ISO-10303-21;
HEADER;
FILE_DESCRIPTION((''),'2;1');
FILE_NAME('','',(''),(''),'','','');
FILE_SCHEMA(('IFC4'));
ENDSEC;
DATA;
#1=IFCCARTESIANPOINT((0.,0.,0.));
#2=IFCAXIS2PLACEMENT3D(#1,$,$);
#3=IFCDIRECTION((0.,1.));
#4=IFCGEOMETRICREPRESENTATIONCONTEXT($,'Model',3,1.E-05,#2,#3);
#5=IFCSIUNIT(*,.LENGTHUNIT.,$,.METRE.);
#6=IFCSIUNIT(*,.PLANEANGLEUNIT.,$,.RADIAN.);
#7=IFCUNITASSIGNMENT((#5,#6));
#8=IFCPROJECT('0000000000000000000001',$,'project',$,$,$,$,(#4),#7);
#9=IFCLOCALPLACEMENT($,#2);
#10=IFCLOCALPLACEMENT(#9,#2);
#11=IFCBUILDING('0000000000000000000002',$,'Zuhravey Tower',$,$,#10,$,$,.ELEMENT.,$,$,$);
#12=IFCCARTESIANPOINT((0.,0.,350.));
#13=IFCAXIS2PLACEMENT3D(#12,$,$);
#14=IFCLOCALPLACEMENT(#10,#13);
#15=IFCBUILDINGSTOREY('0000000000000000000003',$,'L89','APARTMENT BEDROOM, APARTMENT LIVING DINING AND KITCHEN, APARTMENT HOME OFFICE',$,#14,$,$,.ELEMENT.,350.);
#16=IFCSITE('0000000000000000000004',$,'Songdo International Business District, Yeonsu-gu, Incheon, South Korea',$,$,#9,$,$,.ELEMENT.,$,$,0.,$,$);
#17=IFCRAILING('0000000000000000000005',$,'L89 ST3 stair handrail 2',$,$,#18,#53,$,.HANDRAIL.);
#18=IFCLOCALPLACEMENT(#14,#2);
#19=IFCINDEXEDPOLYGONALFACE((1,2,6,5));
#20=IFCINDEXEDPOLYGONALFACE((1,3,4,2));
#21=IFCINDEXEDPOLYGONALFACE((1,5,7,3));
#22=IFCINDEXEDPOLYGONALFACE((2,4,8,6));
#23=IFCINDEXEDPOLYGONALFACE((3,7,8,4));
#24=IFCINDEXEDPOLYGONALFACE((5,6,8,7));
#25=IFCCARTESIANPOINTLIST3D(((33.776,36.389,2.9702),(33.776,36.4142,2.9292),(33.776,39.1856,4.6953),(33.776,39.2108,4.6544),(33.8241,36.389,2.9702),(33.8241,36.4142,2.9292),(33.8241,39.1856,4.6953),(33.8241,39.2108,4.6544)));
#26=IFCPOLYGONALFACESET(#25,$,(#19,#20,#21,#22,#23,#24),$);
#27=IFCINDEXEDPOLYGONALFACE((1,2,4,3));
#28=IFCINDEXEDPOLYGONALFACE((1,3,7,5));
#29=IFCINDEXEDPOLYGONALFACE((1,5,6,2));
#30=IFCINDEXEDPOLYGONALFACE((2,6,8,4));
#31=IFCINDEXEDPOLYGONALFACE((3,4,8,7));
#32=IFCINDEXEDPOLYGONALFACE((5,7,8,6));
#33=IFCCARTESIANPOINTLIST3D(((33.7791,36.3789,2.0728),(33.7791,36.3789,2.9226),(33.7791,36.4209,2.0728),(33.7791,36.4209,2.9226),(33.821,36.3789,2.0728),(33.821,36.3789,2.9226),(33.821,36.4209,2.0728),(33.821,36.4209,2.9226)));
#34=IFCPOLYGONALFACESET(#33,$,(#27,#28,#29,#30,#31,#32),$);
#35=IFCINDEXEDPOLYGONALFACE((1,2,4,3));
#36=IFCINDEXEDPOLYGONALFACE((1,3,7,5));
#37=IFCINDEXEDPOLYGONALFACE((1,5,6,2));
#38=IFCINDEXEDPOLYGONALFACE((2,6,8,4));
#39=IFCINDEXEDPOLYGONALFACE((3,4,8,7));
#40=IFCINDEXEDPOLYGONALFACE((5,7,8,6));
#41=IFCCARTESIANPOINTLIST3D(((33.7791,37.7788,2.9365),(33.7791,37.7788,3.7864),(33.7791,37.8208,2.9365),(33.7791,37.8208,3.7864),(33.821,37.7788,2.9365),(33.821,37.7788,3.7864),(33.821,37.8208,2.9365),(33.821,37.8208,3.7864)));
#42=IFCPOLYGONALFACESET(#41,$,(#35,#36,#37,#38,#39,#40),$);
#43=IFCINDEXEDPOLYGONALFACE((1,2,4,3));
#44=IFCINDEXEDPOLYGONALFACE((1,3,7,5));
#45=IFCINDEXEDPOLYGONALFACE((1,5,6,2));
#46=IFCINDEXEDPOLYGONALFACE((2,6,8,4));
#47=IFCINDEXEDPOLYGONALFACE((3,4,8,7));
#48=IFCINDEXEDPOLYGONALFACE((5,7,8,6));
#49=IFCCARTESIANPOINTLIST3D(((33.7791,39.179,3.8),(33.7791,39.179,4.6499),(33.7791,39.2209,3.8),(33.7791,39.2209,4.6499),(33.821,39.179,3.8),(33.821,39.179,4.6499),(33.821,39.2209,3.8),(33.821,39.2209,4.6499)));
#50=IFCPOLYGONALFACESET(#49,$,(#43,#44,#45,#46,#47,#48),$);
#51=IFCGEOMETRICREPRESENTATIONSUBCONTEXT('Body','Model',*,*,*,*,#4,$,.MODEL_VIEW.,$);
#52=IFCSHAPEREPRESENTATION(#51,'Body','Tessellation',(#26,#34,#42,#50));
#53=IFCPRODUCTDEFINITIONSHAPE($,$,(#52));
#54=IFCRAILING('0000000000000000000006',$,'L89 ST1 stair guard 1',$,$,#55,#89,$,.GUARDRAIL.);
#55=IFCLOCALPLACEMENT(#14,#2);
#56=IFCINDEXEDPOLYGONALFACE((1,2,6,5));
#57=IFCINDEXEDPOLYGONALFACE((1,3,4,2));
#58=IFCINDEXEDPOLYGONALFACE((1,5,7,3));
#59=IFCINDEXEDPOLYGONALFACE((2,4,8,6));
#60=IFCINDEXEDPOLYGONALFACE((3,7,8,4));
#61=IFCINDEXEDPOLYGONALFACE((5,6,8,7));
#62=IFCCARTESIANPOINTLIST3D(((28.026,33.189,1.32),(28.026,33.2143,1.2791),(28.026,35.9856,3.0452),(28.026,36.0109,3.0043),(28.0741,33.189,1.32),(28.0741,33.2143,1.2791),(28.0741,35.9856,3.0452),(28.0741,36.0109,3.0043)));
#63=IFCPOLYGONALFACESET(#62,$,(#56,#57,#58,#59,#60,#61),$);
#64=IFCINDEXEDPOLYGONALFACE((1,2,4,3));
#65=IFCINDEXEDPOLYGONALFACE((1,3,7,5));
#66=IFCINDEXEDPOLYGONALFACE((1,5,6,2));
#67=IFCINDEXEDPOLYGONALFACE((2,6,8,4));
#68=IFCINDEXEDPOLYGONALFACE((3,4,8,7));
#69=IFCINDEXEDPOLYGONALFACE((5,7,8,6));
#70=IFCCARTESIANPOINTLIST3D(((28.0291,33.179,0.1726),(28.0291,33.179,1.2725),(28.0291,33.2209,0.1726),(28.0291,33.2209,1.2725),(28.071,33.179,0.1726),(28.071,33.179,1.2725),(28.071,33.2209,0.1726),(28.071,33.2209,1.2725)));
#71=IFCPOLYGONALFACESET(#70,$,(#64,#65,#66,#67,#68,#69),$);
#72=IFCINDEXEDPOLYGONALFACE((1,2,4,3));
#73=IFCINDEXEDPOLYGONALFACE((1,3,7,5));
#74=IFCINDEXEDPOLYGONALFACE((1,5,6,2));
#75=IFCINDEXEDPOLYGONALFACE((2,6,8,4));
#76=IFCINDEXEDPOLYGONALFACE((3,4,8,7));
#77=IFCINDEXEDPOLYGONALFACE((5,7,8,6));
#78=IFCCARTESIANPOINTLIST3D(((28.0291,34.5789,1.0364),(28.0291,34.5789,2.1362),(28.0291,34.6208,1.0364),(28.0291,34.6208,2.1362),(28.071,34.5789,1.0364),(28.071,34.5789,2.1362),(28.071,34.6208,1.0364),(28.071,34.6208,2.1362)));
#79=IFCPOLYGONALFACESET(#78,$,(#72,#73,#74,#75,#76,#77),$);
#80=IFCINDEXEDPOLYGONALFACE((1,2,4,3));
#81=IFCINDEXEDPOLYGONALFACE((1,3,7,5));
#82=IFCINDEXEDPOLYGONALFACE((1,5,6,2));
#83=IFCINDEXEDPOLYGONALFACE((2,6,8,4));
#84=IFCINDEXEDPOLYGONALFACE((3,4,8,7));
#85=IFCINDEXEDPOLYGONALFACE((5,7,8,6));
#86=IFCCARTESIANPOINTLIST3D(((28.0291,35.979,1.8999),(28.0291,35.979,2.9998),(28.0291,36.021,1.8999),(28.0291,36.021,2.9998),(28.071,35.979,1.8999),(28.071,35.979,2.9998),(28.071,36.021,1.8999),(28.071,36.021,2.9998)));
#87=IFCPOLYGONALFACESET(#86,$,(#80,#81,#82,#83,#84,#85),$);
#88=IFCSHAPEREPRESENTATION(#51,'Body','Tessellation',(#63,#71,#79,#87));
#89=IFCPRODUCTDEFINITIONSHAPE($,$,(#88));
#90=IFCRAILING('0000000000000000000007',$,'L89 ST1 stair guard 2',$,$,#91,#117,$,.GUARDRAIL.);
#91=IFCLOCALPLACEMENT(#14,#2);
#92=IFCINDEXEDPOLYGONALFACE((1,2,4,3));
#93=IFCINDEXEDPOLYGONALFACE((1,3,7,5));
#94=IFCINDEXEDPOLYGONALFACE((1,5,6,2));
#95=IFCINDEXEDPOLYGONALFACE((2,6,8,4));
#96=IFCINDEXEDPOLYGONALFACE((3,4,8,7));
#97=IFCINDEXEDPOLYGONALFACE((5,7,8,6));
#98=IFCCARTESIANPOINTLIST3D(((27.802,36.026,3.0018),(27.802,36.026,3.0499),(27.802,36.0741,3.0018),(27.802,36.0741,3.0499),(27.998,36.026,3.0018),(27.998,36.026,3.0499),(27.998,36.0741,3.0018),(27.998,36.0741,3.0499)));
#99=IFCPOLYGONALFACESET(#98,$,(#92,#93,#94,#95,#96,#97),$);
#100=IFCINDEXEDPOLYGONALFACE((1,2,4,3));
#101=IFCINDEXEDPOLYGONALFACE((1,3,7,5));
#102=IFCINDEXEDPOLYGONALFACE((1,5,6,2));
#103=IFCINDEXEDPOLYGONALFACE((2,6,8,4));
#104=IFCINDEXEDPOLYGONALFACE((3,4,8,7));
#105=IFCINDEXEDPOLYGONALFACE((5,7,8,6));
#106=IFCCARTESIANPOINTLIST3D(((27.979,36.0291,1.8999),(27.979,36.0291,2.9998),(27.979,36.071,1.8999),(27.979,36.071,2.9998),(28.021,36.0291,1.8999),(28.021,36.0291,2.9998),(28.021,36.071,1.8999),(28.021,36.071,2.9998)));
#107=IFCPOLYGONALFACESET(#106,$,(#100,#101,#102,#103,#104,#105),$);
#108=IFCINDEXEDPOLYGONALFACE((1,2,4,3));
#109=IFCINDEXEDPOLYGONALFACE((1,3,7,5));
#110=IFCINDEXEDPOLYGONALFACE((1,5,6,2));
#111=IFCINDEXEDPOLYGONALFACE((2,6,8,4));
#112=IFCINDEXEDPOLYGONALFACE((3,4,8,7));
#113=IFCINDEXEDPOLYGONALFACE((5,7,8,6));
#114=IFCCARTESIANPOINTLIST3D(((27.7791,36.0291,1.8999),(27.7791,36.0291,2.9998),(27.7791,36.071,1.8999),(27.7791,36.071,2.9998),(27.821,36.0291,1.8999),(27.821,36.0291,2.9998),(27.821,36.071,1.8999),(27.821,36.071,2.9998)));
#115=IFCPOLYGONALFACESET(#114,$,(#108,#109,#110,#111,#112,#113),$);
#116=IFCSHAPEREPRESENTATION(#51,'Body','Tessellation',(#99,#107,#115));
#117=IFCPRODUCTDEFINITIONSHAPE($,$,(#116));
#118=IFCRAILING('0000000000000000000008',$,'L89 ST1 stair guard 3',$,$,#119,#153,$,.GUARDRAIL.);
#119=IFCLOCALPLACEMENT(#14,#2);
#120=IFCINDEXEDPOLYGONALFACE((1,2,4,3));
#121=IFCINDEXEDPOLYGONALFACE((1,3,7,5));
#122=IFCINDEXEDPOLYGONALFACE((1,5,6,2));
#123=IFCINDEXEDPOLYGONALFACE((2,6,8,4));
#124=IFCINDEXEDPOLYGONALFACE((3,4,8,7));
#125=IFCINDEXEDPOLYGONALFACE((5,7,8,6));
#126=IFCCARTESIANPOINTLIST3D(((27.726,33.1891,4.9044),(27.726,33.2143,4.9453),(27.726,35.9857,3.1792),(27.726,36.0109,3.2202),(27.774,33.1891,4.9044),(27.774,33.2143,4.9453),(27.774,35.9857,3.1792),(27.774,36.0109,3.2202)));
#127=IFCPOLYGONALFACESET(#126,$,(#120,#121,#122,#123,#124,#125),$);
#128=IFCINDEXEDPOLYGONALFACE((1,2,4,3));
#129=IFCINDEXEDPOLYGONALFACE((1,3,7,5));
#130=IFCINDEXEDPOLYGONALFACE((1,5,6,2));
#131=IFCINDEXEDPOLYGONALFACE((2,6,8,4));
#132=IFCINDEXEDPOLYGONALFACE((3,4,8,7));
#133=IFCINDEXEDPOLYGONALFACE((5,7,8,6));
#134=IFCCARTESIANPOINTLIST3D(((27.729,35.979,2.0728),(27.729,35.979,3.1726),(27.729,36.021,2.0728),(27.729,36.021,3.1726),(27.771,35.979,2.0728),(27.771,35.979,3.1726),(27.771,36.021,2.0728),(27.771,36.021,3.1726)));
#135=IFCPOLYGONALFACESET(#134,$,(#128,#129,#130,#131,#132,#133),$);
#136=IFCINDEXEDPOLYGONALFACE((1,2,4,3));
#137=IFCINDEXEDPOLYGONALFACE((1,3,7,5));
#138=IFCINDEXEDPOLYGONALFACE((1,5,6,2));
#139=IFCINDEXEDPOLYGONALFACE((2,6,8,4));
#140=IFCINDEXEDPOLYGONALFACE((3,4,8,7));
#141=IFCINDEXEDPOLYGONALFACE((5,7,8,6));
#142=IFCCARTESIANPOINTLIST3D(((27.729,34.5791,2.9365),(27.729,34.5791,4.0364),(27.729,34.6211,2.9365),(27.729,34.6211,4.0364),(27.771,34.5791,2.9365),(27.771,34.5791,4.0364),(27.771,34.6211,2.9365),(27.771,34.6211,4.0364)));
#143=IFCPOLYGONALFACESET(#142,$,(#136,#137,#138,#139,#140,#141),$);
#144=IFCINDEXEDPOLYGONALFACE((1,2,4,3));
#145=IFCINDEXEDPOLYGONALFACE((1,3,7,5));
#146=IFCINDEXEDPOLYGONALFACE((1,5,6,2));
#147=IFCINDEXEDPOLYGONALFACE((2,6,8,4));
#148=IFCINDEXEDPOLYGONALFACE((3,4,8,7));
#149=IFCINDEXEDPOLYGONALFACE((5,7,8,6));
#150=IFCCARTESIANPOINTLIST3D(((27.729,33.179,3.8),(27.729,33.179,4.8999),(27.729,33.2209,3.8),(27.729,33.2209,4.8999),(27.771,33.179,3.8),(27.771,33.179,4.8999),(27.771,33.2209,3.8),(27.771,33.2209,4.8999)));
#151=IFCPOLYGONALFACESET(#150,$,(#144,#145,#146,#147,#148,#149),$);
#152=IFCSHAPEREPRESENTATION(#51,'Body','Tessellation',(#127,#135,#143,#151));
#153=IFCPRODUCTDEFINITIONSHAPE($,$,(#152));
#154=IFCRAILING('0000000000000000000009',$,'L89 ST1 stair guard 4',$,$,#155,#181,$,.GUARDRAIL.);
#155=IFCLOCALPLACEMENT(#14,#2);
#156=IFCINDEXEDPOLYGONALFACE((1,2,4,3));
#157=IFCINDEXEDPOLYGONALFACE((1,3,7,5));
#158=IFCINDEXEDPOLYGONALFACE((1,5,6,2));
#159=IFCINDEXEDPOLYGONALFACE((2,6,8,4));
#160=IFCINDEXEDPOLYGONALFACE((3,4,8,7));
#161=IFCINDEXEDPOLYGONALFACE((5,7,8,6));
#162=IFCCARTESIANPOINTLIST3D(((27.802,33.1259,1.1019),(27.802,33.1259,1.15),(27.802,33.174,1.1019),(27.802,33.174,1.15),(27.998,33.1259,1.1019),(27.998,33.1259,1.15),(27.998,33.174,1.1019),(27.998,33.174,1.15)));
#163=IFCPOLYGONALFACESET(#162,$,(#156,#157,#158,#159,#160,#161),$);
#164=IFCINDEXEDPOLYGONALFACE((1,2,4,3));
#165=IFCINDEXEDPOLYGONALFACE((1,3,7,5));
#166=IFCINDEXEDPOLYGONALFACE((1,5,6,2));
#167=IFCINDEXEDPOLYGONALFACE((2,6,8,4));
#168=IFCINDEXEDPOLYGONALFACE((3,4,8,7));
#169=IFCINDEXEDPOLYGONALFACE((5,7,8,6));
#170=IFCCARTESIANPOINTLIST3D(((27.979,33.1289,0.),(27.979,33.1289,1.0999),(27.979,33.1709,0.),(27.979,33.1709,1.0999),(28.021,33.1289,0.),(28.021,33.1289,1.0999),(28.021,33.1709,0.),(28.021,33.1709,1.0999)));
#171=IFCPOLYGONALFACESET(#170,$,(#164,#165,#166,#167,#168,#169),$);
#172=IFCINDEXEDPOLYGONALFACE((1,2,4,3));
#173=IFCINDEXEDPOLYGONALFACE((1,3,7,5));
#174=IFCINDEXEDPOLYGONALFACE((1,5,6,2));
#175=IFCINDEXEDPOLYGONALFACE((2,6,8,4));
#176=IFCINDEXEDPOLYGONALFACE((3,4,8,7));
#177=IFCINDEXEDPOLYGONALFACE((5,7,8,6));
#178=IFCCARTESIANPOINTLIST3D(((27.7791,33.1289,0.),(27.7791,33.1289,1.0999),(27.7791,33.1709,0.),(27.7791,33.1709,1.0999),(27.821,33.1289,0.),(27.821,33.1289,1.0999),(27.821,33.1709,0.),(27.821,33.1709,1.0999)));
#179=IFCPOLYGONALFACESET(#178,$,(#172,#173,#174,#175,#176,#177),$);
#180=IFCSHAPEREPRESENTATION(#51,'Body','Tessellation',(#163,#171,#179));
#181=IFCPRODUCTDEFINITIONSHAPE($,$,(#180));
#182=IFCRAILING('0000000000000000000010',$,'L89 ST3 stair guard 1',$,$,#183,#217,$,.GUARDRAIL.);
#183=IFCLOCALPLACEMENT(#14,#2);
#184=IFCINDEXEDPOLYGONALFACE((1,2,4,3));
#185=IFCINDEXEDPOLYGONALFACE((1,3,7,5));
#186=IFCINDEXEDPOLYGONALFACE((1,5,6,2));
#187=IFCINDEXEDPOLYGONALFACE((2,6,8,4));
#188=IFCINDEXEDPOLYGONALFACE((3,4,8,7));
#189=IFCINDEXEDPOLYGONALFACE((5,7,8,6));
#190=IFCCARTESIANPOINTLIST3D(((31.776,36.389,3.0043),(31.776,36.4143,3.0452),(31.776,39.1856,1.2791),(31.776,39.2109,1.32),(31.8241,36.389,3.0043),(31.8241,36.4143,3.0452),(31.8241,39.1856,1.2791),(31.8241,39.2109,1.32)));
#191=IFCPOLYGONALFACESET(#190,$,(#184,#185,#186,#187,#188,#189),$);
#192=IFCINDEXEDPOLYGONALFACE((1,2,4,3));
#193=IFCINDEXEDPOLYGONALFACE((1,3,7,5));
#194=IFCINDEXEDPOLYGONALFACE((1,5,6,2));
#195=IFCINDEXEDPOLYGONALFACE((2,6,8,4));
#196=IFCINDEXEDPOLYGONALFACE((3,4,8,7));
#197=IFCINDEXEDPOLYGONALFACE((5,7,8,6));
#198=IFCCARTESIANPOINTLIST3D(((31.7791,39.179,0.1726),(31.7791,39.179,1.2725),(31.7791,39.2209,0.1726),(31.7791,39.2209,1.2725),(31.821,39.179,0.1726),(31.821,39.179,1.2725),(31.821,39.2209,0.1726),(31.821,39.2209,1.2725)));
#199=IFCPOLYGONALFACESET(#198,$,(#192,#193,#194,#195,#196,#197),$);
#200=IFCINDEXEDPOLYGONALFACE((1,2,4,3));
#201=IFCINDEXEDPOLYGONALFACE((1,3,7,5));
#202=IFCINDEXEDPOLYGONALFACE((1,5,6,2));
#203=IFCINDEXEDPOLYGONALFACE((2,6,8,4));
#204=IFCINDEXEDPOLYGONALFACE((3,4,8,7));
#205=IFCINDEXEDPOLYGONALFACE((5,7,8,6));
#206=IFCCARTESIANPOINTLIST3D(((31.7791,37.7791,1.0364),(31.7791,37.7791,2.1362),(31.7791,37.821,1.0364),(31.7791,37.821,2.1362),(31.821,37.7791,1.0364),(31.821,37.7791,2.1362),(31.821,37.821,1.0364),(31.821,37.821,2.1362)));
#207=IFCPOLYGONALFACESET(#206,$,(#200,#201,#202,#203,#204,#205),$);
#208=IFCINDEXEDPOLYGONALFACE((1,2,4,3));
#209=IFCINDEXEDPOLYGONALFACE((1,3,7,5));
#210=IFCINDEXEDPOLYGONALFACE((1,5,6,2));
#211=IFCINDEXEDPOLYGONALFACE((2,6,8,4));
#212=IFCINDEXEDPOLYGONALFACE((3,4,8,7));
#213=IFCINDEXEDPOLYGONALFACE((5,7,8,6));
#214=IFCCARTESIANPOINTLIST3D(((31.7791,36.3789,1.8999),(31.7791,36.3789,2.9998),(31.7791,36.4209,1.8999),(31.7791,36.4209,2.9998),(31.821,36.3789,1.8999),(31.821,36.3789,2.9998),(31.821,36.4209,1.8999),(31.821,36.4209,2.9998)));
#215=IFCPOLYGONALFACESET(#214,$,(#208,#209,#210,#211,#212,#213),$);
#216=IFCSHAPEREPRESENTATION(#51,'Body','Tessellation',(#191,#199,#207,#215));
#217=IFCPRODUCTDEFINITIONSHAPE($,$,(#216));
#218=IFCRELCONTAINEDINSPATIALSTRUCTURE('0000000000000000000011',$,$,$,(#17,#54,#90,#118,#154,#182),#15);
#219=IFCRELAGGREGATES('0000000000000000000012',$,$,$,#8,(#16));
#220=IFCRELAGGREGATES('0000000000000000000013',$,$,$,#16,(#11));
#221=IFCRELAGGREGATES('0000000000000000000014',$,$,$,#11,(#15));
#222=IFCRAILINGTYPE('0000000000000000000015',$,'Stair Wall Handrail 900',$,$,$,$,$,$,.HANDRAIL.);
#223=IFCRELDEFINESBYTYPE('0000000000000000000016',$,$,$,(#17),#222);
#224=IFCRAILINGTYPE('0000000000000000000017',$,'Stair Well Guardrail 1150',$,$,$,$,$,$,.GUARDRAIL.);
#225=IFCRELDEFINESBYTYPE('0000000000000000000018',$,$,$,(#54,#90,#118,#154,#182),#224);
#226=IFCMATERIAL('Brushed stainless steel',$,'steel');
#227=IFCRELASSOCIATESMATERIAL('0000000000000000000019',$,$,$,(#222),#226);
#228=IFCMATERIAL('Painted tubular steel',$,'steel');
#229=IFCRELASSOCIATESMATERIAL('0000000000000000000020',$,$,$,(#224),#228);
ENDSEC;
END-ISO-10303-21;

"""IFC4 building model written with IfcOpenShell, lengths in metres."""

from ifc_helpers import new_model, si_unit, direction, frame, origin, origin_2d, place, context, subcontext, project, spatial, rectangle, extrude, material, type_object, element, save


model = new_model("IFC4")

# Units and contexts
model_context = context("Model", 3, precision=1e-05, world=origin(), true_north=direction((0.0, 1.0)))
body_context = subcontext(model_context, "Body", "Model", "MODEL_VIEW")
ifc_project = project(units=[si_unit("LENGTHUNIT", "METRE"), si_unit("PLANEANGLEUNIT", "RADIAN")], contexts=[model_context])

# Site, building, storey
site_placement = place(None, origin())
site = spatial("IfcSite", under=ifc_project, at=site_placement, Name="Songdo International Business District, Yeonsu-gu, Incheon, South Korea", CompositionType="ELEMENT", RefElevation=0.0)
building_placement = place(site_placement, origin())
building = spatial("IfcBuilding", under=site, at=building_placement, Name="Zuhravey Tower", CompositionType="ELEMENT")
storey_placement = place(building_placement, frame((0.0, 0.0, 350.0)))
storey = spatial("IfcBuildingStorey", under=building, at=storey_placement, Name="L89", Description="APARTMENT BEDROOM, APARTMENT LIVING DINING AND KITCHEN, APARTMENT HOME OFFICE", CompositionType="ELEMENT", Elevation=350.0)

# Railings
ifc_material_1 = material(Name="Brushed stainless steel", Category="steel")
railing_type_1 = type_object("IfcRailingType", Name="Stair Wall Handrail 900", PredefinedType="HANDRAIL", material=ifc_material_1)
railing_1_placement = place(storey_placement, frame((33.8, 36.3999, 2.0728)))
element("IfcRailing", 1, at=railing_1_placement, inside=storey, type_object=railing_type_1, Name="L89 ST3 stair handrail 2", PredefinedType="HANDRAIL", context=body_context, shape_type="SweptSolid", body=[
    extrude(rectangle(XDim=0.0481, YDim=0.0481, at=origin_2d()), frame((0.0, 0.0017, 0.877), z_axis=(0.0, 0.85109, 0.52502), x_axis=(-1.0, 0.0, 0.0)), (0.0, 0.0, 1.0), 3.2859),
    extrude(rectangle(XDim=0.042, YDim=0.042, at=origin_2d()), origin(), (0.0, 0.0, 1.0), 0.8499),
    extrude(rectangle(XDim=0.042, YDim=0.042, at=origin_2d()), frame((0.0, 1.3999, 0.8638)), (0.0, 0.0, 1.0), 0.8499),
    extrude(rectangle(XDim=0.042, YDim=0.042, at=origin_2d()), frame((0.0, 2.8, 1.7273)), (0.0, 0.0, 1.0), 0.8499),
])
ifc_material_2 = material(Name="Painted tubular steel", Category="steel")
railing_type_2 = type_object("IfcRailingType", Name="Stair Well Guardrail 1150", PredefinedType="GUARDRAIL", material=ifc_material_2)
railing_2_placement = place(storey_placement, frame((28.05, 33.2, 0.1726)))
element("IfcRailing", 2, at=railing_2_placement, inside=storey, type_object=railing_type_2, Name="L89 ST1 stair guard 1", PredefinedType="GUARDRAIL", context=body_context, shape_type="SweptSolid", body=[
    extrude(rectangle(XDim=0.0481, YDim=0.0481, at=origin_2d()), frame((0.0, 0.0017, 1.127), z_axis=(0.0, 0.85109, 0.52502), x_axis=(-1.0, 0.0, 0.0)), (0.0, 0.0, 1.0), 3.2859),
    extrude(rectangle(XDim=0.042, YDim=0.042, at=origin_2d()), origin(), (0.0, 0.0, 1.0), 1.0999),
    extrude(rectangle(XDim=0.042, YDim=0.042, at=origin_2d()), frame((0.0, 1.3999, 0.8638)), (0.0, 0.0, 1.0), 1.0999),
    extrude(rectangle(XDim=0.042, YDim=0.042, at=origin_2d()), frame((0.0, 2.8, 1.7273)), (0.0, 0.0, 1.0), 1.0999),
])
railing_3_placement = place(storey_placement, frame((28.0, 36.05, 1.8999)))
element("IfcRailing", 3, at=railing_3_placement, inside=storey, type_object=railing_type_2, Name="L89 ST1 stair guard 2", PredefinedType="GUARDRAIL", context=body_context, shape_type="SweptSolid", body=[
    extrude(rectangle(XDim=0.0481, YDim=0.0481, at=origin_2d()), frame((-0.002, 0.0, 1.126), z_axis=(-1.0, 0.0, 0.0), x_axis=(0.0, -1.0, 0.0)), (0.0, 0.0, 1.0), 0.196),
    extrude(rectangle(XDim=0.042, YDim=0.042, at=origin_2d()), origin(), (0.0, 0.0, 1.0), 1.0999),
    extrude(rectangle(XDim=0.042, YDim=0.042, at=origin_2d()), frame((-0.2, 0.0, 0.0)), (0.0, 0.0, 1.0), 1.0999),
])
railing_4_placement = place(storey_placement, frame((27.75, 36.0, 2.0728)))
element("IfcRailing", 4, at=railing_4_placement, inside=storey, type_object=railing_type_2, Name="L89 ST1 stair guard 3", PredefinedType="GUARDRAIL", context=body_context, shape_type="SweptSolid", body=[
    extrude(rectangle(XDim=0.0481, YDim=0.0481, at=origin_2d()), frame((0.0, -0.0017, 1.127), z_axis=(0.0, -0.85109, 0.52502), x_axis=(1.0, 0.0, 0.0)), (0.0, 0.0, 1.0), 3.2859),
    extrude(rectangle(XDim=0.042, YDim=0.042, at=origin_2d()), origin(), (0.0, 0.0, 1.0), 1.0999),
    extrude(rectangle(XDim=0.042, YDim=0.042, at=origin_2d()), frame((0.0, -1.3999, 0.8638)), (0.0, 0.0, 1.0), 1.0999),
    extrude(rectangle(XDim=0.042, YDim=0.042, at=origin_2d()), frame((0.0, -2.8, 1.7273)), (0.0, 0.0, 1.0), 1.0999),
])
railing_5_placement = place(storey_placement, frame((28.0, 33.1499, 0.0)))
element("IfcRailing", 5, at=railing_5_placement, inside=storey, type_object=railing_type_2, Name="L89 ST1 stair guard 4", PredefinedType="GUARDRAIL", context=body_context, shape_type="SweptSolid", body=[
    extrude(rectangle(XDim=0.0481, YDim=0.0481, at=origin_2d()), frame((-0.002, 0.0, 1.126), z_axis=(-1.0, 0.0, 0.0), x_axis=(0.0, -1.0, 0.0)), (0.0, 0.0, 1.0), 0.196),
    extrude(rectangle(XDim=0.042, YDim=0.042, at=origin_2d()), origin(), (0.0, 0.0, 1.0), 1.0999),
    extrude(rectangle(XDim=0.042, YDim=0.042, at=origin_2d()), frame((-0.2, 0.0, 0.0)), (0.0, 0.0, 1.0), 1.0999),
])
railing_6_placement = place(storey_placement, frame((31.8, 39.2, 0.1726)))
element("IfcRailing", 6, at=railing_6_placement, inside=storey, type_object=railing_type_2, Name="L89 ST3 stair guard 1", PredefinedType="GUARDRAIL", context=body_context, shape_type="SweptSolid", body=[
    extrude(rectangle(XDim=0.0481, YDim=0.0481, at=origin_2d()), frame((0.0, -0.0017, 1.127), z_axis=(0.0, -0.85109, 0.52502), x_axis=(1.0, 0.0, 0.0)), (0.0, 0.0, 1.0), 3.2859),
    extrude(rectangle(XDim=0.042, YDim=0.042, at=origin_2d()), origin(), (0.0, 0.0, 1.0), 1.0999),
    extrude(rectangle(XDim=0.042, YDim=0.042, at=origin_2d()), frame((0.0, -1.3999, 0.8638)), (0.0, 0.0, 1.0), 1.0999),
    extrude(rectangle(XDim=0.042, YDim=0.042, at=origin_2d()), frame((0.0, -2.8, 1.7273)), (0.0, 0.0, 1.0), 1.0999),
])

save(model, "model.ifc")
